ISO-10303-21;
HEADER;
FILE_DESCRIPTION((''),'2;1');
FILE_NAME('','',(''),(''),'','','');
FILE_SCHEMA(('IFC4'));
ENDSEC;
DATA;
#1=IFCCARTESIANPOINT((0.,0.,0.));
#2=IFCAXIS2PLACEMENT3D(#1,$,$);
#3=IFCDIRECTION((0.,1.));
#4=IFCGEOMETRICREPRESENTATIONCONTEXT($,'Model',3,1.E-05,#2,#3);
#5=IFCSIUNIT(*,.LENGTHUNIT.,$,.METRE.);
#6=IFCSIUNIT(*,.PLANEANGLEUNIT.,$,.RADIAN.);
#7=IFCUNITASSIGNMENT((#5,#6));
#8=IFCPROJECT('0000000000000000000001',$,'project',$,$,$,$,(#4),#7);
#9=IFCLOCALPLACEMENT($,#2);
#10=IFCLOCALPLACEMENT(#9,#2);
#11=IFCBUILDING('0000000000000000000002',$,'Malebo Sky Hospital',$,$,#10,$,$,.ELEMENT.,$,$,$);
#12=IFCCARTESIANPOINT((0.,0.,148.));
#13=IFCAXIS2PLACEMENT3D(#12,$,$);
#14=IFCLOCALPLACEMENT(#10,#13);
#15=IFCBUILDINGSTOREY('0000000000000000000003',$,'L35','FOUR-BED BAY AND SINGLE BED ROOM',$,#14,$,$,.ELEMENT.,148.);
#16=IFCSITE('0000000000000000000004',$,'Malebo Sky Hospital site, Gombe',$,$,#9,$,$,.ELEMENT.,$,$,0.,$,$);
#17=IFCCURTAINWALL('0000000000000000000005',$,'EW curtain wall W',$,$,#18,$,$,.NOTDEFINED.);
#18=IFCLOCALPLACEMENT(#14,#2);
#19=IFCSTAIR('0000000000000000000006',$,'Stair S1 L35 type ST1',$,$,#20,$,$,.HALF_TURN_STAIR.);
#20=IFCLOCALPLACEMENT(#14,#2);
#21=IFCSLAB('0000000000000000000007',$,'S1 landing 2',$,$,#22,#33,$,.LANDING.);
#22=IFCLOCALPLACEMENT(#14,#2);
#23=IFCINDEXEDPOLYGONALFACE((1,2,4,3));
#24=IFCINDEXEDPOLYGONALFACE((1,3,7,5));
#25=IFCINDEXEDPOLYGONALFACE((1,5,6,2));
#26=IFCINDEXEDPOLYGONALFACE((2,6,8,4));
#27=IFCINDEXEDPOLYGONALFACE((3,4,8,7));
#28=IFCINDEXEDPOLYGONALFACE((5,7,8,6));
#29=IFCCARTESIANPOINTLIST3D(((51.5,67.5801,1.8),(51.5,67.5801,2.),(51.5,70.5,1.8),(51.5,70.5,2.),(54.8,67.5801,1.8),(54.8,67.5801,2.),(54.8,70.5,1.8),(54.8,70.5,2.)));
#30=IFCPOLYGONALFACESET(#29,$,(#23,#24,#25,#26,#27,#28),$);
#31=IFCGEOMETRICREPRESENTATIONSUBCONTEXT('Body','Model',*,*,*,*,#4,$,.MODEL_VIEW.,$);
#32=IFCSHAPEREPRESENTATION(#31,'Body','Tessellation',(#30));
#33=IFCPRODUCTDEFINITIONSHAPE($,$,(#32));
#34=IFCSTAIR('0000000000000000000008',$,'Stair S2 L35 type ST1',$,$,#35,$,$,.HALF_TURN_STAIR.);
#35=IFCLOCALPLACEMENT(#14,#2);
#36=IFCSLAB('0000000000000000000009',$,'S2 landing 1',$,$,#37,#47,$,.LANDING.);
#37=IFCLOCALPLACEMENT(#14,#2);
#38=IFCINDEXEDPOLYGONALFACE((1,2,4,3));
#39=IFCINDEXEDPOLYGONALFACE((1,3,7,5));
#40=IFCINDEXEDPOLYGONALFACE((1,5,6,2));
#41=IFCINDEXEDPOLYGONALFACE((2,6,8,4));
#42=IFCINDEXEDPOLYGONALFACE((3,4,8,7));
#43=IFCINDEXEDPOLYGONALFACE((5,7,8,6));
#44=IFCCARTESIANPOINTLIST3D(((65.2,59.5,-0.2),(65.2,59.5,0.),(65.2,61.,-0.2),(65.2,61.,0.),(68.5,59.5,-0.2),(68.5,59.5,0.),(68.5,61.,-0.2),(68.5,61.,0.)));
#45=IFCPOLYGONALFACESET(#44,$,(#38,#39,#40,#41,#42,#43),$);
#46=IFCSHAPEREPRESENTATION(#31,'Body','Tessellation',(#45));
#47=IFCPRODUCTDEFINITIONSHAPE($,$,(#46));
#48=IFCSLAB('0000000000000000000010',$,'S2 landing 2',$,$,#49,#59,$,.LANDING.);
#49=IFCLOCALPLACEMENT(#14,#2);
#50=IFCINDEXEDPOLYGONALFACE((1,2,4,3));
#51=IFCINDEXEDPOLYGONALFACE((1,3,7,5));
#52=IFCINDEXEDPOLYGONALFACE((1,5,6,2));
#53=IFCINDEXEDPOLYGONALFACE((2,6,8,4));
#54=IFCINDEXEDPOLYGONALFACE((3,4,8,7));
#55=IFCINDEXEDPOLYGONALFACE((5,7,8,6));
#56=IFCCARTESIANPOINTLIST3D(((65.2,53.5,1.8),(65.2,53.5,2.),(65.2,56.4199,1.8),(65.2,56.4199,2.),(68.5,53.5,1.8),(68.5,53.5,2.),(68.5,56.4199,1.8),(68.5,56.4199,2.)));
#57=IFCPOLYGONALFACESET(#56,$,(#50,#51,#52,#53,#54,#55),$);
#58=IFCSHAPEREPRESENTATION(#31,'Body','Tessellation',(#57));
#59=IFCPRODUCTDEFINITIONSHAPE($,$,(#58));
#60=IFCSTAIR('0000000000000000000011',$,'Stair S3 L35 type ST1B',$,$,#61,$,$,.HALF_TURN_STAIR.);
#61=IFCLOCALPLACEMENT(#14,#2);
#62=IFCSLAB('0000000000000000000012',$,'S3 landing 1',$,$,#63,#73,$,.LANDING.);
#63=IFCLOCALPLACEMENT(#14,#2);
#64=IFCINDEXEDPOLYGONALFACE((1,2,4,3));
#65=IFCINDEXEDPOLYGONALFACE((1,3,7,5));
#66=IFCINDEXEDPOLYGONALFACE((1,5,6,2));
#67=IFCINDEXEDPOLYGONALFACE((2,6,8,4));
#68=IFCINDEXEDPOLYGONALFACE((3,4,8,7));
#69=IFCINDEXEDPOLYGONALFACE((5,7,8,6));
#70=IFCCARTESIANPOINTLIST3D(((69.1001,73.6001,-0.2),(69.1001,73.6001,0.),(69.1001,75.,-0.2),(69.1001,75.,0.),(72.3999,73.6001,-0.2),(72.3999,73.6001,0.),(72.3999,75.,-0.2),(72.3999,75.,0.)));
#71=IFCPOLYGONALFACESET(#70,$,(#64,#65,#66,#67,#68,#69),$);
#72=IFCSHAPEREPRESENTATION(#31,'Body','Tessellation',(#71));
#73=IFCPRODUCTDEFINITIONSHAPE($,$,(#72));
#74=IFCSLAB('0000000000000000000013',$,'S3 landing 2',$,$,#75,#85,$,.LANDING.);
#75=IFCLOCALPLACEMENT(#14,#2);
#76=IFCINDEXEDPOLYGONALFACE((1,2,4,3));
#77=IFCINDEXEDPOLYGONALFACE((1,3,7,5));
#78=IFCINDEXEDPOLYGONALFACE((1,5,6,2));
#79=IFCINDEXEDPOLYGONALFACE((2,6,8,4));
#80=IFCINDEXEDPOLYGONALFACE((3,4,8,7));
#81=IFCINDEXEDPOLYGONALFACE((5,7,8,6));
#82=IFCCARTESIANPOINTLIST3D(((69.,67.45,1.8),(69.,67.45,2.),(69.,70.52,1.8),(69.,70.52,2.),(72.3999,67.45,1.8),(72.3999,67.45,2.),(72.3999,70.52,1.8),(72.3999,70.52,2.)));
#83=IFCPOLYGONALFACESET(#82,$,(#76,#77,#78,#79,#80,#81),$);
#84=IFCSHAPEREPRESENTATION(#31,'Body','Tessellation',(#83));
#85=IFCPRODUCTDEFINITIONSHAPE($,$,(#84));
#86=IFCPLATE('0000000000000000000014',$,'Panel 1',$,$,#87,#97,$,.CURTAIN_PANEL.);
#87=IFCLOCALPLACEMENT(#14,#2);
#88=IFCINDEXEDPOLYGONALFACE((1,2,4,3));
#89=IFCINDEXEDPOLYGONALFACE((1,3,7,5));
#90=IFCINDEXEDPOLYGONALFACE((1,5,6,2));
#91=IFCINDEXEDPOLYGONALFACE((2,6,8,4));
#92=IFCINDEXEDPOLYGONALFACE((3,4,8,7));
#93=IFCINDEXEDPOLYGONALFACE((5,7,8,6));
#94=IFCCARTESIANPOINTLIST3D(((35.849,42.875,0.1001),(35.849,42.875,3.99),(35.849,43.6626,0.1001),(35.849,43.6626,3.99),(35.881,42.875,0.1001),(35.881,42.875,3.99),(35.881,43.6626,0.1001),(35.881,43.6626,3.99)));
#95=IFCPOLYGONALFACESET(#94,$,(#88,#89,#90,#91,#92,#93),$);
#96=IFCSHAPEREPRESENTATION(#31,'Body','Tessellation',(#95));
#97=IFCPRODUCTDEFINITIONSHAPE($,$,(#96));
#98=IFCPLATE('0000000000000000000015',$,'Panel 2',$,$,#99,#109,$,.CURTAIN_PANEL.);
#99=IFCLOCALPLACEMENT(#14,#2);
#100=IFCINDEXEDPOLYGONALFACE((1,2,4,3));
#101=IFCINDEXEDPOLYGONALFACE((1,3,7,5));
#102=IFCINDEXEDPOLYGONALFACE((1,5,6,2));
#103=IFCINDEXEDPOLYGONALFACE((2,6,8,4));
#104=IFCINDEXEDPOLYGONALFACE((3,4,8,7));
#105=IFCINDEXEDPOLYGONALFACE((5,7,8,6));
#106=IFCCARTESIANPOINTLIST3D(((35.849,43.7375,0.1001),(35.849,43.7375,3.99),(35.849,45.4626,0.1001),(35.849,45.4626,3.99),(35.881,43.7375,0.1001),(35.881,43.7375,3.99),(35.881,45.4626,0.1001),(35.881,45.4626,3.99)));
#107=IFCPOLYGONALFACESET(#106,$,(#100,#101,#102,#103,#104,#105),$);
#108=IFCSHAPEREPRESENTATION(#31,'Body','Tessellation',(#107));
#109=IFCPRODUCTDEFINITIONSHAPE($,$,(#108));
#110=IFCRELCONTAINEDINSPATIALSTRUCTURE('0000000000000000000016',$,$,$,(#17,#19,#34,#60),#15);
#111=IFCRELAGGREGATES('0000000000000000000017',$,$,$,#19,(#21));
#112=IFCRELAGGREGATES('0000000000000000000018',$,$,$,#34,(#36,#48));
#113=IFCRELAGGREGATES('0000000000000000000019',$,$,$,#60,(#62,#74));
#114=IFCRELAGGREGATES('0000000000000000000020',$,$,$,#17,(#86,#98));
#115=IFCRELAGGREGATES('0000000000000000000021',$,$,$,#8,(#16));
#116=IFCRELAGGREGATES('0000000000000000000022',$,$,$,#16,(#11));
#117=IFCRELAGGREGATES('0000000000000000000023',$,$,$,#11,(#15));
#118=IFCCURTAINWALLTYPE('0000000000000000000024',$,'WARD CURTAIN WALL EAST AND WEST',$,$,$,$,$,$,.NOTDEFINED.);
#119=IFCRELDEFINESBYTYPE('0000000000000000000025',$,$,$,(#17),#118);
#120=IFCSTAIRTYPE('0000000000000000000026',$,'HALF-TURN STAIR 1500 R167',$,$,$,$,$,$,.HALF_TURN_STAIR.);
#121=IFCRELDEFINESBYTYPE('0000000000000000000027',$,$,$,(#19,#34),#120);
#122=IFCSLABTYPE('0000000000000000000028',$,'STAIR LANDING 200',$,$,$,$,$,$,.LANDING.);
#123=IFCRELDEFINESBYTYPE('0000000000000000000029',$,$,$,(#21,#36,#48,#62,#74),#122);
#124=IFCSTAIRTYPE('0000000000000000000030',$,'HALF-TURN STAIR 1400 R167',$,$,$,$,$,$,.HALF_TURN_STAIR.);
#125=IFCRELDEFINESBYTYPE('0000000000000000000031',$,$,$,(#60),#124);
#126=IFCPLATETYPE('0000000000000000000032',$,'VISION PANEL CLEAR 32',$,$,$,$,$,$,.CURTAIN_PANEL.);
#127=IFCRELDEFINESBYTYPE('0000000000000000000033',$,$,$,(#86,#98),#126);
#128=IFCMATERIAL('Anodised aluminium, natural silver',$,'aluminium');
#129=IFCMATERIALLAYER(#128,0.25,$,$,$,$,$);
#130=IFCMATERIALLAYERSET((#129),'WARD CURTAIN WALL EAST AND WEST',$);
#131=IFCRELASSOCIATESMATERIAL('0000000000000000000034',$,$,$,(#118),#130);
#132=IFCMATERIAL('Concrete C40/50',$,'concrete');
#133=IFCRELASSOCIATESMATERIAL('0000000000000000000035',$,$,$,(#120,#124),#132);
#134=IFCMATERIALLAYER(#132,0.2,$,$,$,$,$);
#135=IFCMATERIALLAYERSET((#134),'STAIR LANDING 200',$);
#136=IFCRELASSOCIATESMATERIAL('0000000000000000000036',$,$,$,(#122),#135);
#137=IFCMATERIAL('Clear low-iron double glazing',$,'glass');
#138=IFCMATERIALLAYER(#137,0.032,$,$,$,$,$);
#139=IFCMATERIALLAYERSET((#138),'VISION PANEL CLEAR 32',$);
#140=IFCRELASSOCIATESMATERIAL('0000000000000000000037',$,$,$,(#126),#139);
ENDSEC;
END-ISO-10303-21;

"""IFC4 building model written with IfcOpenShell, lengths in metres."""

from ifc_helpers import new_model, si_unit, direction, frame, origin, origin_2d, place, context, subcontext, project, spatial, polyline, rectangle, outline, extrude, material, layer, layer_set, type_object, element, aggregate, save


model = new_model("IFC4")

# Units and contexts
model_context = context("Model", 3, precision=1e-05, world=origin(), true_north=direction((0.0, 1.0)))
body_context = subcontext(model_context, "Body", "Model", "MODEL_VIEW")
ifc_project = project(units=[si_unit("LENGTHUNIT", "METRE"), si_unit("PLANEANGLEUNIT", "RADIAN")], contexts=[model_context])

# Site, building, storey
site_placement = place(None, origin())
site = spatial("IfcSite", under=ifc_project, at=site_placement, Name="Malebo Sky Hospital site, Gombe", CompositionType="ELEMENT", RefElevation=0.0)
building_placement = place(site_placement, origin())
building = spatial("IfcBuilding", under=site, at=building_placement, Name="Malebo Sky Hospital", CompositionType="ELEMENT")
storey_placement = place(building_placement, frame((0.0, 0.0, 148.0)))
storey = spatial("IfcBuildingStorey", under=building, at=storey_placement, Name="L35", Description="FOUR-BED BAY AND SINGLE BED ROOM", CompositionType="ELEMENT", Elevation=148.0)

# Curtain wall
ifc_material_1 = material(Name="Anodised aluminium, natural silver", Category="aluminium")
ifc_layer_1 = layer(ifc_material_1, 0.25)
ifc_layer_set_1 = layer_set([ifc_layer_1], Name="WARD CURTAIN WALL EAST AND WEST")
curtain_wall_type = type_object("IfcCurtainWallType", Name="WARD CURTAIN WALL EAST AND WEST", PredefinedType="NOTDEFINED", material=ifc_layer_set_1)
curtain_wall_placement = place(storey_placement, origin())
curtain_wall = element("IfcCurtainWall", 1, at=curtain_wall_placement, inside=storey, type_object=curtain_wall_type, Name="EW curtain wall W", PredefinedType="NOTDEFINED")

# Shared definitions
ifc_material_2 = material(Name="Concrete C40/50", Category="concrete")

# Stairs, slabs
stair_type_1 = type_object("IfcStairType", Name="HALF-TURN STAIR 1500 R167", PredefinedType="HALF_TURN_STAIR", material=ifc_material_2)
stair_1_placement = place(storey_placement, origin())
stair_1 = element("IfcStair", 2, at=stair_1_placement, inside=storey, type_object=stair_type_1, Name="Stair S1 L35 type ST1", PredefinedType="HALF_TURN_STAIR")
ifc_layer_2 = layer(ifc_material_2, 0.2)
ifc_layer_set_2 = layer_set([ifc_layer_2], Name="STAIR LANDING 200")
slab_type_1 = type_object("IfcSlabType", Name="STAIR LANDING 200", PredefinedType="LANDING", material=ifc_layer_set_2)
slab_1_placement = place(storey_placement, frame((0.0, 0.0, 1.8)))
slab_1 = element("IfcSlab", 3, at=slab_1_placement, type_object=slab_type_1, Name="S1 landing 2", PredefinedType="LANDING", context=body_context, shape_type="SweptSolid", body=[
    extrude(outline(polyline([(51.5, 67.5801), (54.8, 67.5801), (54.8, 70.5), (51.5, 70.5), (51.5, 67.5801)])), origin(), (0.0, 0.0, 1.0), 0.2),
])
aggregate(stair_1, [slab_1])
stair_2_placement = place(storey_placement, origin())
stair_2 = element("IfcStair", 4, at=stair_2_placement, inside=storey, type_object=stair_type_1, Name="Stair S2 L35 type ST1", PredefinedType="HALF_TURN_STAIR")
slab_2_placement = place(storey_placement, frame((0.0, 0.0, -0.2)))
slab_2 = element("IfcSlab", 5, at=slab_2_placement, type_object=slab_type_1, Name="S2 landing 1", PredefinedType="LANDING", context=body_context, shape_type="SweptSolid", body=[
    extrude(outline(polyline([(65.2, 59.5), (68.5, 59.5), (68.5, 61.0), (65.2, 61.0), (65.2, 59.5)])), origin(), (0.0, 0.0, 1.0), 0.2),
])
slab_3_placement = place(storey_placement, frame((0.0, 0.0, 1.8)))
slab_3 = element("IfcSlab", 6, at=slab_3_placement, type_object=slab_type_1, Name="S2 landing 2", PredefinedType="LANDING", context=body_context, shape_type="SweptSolid", body=[
    extrude(outline(polyline([(65.2, 53.5), (68.5, 53.5), (68.5, 56.4199), (65.2, 56.4199), (65.2, 53.5)])), origin(), (0.0, 0.0, 1.0), 0.2),
])
aggregate(stair_2, [slab_2, slab_3])
stair_type_2 = type_object("IfcStairType", Name="HALF-TURN STAIR 1400 R167", PredefinedType="HALF_TURN_STAIR", material=ifc_material_2)
stair_3_placement = place(storey_placement, origin())
stair_3 = element("IfcStair", 7, at=stair_3_placement, inside=storey, type_object=stair_type_2, Name="Stair S3 L35 type ST1B", PredefinedType="HALF_TURN_STAIR")
slab_4_placement = place(storey_placement, frame((0.0, 0.0, -0.2)))
slab_4 = element("IfcSlab", 8, at=slab_4_placement, type_object=slab_type_1, Name="S3 landing 1", PredefinedType="LANDING", context=body_context, shape_type="SweptSolid", body=[
    extrude(outline(polyline([(69.1001, 73.6001), (72.3999, 73.6001), (72.3999, 75.0), (69.1001, 75.0), (69.1001, 73.6001)])), origin(), (0.0, 0.0, 1.0), 0.2),
])
slab_5_placement = place(storey_placement, frame((0.0, 0.0, 1.8)))
slab_5 = element("IfcSlab", 9, at=slab_5_placement, type_object=slab_type_1, Name="S3 landing 2", PredefinedType="LANDING", context=body_context, shape_type="SweptSolid", body=[
    extrude(outline(polyline([(69.0, 67.45), (72.3999, 67.45), (72.3999, 70.52), (69.0, 70.52), (69.0, 67.45)])), origin(), (0.0, 0.0, 1.0), 0.2),
])
aggregate(stair_3, [slab_4, slab_5])

# Plates
ifc_material_3 = material(Name="Clear low-iron double glazing", Category="glass")
ifc_layer_3 = layer(ifc_material_3, 0.032)
ifc_layer_set_3 = layer_set([ifc_layer_3], Name="VISION PANEL CLEAR 32")
plate_type = type_object("IfcPlateType", Name="VISION PANEL CLEAR 32", PredefinedType="CURTAIN_PANEL", material=ifc_layer_set_3)
plate_1_placement = place(storey_placement, frame((35.865, 43.2688, 0.1001), z_axis=(0.0, 0.0, 1.0), x_axis=(0.0, 1.0, 0.0)))
plate_1 = element("IfcPlate", 10, at=plate_1_placement, type_object=plate_type, Name="Panel 1", PredefinedType="CURTAIN_PANEL", context=body_context, shape_type="SweptSolid", body=[
    extrude(rectangle(XDim=0.7876, YDim=0.032, at=origin_2d()), origin(), (0.0, 0.0, 1.0), 3.8899),
])
plate_2_placement = place(storey_placement, frame((35.865, 44.6001, 0.1001), z_axis=(0.0, 0.0, 1.0), x_axis=(0.0, 1.0, 0.0)))
plate_2 = element("IfcPlate", 11, at=plate_2_placement, type_object=plate_type, Name="Panel 2", PredefinedType="CURTAIN_PANEL", context=body_context, shape_type="SweptSolid", body=[
    extrude(rectangle(XDim=1.7251, YDim=0.032, at=origin_2d()), origin(), (0.0, 0.0, 1.0), 3.8899),
])
aggregate(curtain_wall, [plate_1, plate_2])

save(model, "model.ifc")
